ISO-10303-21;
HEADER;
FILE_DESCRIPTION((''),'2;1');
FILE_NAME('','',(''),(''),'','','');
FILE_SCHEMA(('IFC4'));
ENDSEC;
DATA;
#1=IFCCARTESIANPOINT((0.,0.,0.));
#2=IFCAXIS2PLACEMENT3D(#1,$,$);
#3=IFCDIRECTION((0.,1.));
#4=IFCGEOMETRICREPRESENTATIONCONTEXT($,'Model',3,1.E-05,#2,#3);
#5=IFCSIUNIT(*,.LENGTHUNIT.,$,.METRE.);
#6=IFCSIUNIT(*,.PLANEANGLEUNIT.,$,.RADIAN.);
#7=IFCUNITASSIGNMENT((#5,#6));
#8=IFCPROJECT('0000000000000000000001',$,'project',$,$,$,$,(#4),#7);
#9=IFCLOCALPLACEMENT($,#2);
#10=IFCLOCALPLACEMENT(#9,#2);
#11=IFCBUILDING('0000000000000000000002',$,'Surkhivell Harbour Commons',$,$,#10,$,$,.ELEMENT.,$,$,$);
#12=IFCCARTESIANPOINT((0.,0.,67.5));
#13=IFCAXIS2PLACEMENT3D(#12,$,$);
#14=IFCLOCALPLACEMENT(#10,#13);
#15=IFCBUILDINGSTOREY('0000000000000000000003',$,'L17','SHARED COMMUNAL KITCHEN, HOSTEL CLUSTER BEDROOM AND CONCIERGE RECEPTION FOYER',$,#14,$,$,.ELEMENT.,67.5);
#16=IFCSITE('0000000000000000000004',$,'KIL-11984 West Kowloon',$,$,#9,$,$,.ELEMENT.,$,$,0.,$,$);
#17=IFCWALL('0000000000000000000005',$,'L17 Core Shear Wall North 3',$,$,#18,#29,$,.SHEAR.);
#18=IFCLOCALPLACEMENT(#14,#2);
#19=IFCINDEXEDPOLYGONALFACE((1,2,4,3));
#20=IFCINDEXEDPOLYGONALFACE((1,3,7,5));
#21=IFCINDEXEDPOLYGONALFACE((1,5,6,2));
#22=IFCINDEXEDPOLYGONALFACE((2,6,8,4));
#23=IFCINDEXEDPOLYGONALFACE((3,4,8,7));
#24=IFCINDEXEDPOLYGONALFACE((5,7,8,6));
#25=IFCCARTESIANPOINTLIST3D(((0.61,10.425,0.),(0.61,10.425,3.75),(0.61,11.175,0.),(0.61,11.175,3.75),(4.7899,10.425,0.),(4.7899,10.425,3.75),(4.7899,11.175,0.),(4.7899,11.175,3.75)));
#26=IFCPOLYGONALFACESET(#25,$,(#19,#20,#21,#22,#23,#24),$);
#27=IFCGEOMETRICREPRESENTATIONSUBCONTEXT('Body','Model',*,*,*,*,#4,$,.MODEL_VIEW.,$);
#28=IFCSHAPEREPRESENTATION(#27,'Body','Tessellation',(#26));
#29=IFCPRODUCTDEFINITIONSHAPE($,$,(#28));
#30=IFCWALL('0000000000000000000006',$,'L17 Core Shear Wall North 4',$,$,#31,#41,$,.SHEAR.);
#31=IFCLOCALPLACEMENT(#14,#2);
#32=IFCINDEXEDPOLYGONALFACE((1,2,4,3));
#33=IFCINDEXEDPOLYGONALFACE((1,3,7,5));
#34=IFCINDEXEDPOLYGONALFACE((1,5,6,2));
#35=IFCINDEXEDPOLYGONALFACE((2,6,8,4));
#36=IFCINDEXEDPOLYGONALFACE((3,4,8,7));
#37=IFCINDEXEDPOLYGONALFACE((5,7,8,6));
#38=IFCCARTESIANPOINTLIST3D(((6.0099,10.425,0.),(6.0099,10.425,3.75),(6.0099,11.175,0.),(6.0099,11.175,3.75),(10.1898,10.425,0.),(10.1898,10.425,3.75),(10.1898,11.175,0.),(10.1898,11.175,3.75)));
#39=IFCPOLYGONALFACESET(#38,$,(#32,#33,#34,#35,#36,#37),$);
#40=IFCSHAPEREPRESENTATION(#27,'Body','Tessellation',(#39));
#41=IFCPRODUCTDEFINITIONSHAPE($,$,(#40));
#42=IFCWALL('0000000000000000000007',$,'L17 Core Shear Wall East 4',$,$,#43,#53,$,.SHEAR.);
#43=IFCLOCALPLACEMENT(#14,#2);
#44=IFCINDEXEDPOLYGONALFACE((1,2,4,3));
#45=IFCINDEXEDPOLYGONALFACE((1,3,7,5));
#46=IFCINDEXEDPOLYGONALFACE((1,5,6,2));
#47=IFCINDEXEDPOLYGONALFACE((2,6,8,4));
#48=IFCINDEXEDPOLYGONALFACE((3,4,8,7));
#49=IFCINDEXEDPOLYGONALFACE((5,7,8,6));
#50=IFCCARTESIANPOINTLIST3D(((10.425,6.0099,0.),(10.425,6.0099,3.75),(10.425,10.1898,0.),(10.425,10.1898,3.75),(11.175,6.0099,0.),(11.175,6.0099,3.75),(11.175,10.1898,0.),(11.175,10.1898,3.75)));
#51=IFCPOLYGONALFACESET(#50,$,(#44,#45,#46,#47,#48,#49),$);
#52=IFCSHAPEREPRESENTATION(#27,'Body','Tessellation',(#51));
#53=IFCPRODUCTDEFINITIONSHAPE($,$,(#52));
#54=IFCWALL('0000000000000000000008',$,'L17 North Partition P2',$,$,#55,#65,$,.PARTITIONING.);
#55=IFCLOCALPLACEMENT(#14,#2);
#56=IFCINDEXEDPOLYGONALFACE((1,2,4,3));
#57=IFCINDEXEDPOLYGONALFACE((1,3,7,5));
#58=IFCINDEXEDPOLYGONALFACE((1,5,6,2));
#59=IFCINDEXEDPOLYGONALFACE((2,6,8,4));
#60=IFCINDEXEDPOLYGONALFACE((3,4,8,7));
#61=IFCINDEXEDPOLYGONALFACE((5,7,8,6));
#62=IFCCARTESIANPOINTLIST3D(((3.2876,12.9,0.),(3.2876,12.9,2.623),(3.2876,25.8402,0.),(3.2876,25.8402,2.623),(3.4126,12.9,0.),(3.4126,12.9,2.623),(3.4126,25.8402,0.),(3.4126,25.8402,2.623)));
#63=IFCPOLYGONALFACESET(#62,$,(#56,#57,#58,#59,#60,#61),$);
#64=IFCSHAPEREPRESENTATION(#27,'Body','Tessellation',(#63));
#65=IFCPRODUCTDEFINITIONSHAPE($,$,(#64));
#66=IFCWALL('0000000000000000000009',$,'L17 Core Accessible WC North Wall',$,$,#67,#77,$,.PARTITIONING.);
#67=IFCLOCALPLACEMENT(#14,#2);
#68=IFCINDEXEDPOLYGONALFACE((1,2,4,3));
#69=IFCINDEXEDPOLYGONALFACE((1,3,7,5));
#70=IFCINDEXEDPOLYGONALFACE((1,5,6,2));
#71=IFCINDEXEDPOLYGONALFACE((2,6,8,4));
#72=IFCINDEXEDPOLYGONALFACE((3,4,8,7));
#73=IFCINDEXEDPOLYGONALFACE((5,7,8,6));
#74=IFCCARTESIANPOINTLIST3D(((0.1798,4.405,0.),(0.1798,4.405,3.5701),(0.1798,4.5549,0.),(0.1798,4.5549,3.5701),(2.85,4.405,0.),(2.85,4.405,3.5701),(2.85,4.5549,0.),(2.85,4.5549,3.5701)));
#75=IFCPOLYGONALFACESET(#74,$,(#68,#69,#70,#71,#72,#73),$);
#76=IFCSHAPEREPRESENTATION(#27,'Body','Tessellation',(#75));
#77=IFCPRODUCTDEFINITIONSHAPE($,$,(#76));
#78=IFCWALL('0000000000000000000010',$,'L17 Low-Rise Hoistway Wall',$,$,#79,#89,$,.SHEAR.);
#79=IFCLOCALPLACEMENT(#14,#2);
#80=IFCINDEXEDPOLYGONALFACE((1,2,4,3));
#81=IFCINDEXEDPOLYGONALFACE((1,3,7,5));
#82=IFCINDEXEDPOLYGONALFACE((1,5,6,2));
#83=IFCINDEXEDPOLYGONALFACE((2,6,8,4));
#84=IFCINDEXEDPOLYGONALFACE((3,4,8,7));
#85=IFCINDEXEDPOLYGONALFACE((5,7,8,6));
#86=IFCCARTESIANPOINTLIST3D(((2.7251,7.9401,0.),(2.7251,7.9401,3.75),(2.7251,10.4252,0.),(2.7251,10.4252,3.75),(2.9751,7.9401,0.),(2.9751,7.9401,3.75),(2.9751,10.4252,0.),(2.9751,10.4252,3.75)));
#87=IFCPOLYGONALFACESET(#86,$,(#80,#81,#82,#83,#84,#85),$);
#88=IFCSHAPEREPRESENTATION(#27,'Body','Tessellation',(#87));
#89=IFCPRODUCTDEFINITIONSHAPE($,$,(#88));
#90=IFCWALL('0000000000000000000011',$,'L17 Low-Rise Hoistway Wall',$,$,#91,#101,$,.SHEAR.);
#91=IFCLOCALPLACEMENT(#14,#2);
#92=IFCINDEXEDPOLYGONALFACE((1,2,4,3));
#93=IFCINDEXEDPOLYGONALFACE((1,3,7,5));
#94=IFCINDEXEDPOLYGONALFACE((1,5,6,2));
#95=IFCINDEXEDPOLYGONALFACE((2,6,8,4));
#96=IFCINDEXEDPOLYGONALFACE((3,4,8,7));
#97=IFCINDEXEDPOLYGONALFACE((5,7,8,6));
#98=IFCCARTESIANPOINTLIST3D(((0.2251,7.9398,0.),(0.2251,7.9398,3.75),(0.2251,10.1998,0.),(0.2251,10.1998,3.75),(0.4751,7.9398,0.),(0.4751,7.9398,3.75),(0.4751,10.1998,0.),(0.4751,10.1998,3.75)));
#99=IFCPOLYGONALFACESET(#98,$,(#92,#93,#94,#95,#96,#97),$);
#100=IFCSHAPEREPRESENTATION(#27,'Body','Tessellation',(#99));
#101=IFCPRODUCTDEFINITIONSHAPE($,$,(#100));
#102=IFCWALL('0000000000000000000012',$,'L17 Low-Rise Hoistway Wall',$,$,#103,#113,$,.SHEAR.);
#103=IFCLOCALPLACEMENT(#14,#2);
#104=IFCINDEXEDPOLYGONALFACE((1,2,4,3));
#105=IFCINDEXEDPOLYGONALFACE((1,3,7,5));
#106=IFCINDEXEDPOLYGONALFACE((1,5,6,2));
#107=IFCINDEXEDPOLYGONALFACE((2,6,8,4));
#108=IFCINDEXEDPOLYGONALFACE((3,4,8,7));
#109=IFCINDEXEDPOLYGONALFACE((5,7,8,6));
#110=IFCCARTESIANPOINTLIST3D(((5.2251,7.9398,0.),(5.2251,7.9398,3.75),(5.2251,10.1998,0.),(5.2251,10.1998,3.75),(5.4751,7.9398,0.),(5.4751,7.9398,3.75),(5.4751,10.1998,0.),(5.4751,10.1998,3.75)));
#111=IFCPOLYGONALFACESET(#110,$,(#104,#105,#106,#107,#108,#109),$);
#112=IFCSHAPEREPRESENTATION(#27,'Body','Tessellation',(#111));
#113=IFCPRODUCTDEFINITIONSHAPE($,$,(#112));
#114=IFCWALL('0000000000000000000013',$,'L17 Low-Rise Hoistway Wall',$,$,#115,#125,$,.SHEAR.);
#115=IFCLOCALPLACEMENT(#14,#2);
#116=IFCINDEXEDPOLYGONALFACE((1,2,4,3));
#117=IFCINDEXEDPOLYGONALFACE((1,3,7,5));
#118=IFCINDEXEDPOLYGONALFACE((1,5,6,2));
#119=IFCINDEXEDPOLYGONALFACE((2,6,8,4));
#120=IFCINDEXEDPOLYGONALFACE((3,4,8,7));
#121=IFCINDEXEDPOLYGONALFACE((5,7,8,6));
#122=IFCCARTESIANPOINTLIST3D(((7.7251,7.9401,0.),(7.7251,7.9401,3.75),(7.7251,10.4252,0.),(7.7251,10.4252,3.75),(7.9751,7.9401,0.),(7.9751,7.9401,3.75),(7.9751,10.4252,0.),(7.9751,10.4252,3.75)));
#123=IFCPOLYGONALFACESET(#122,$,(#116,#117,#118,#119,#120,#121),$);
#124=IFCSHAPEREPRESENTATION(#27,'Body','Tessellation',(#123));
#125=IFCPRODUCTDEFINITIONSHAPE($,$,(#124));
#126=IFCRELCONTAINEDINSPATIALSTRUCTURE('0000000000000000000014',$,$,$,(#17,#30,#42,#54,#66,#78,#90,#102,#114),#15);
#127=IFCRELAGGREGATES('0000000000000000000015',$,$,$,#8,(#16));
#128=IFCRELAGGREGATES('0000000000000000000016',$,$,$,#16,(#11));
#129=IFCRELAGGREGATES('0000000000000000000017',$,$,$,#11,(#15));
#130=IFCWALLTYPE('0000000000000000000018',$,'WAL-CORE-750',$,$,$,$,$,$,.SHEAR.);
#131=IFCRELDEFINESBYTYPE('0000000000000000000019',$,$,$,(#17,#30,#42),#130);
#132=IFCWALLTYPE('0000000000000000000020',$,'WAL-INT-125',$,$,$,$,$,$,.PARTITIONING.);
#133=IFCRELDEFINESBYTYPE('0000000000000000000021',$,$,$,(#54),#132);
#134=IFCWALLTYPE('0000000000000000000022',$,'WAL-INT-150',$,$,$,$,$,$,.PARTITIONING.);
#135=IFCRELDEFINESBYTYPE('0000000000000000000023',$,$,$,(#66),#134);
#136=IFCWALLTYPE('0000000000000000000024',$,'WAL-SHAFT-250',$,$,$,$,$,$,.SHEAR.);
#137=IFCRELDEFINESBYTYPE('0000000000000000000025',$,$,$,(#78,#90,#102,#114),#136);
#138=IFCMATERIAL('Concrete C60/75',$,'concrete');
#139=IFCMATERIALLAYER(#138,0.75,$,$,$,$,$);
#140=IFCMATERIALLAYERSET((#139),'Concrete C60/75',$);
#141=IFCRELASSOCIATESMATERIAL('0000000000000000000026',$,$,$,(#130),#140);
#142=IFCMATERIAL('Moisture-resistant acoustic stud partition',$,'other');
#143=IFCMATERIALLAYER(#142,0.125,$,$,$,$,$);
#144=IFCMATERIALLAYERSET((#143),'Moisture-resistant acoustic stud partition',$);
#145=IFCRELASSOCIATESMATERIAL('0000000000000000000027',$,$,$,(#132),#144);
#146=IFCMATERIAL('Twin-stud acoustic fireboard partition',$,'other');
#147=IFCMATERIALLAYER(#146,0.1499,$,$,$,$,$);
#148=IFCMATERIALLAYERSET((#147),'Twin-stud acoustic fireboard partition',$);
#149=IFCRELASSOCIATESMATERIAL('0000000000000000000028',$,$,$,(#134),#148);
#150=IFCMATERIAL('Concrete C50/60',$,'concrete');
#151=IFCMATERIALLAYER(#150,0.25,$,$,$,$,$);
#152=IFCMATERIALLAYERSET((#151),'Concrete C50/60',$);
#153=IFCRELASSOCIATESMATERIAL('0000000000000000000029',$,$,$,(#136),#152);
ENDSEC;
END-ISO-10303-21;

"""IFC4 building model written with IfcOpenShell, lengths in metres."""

from ifc_helpers import new_model, si_unit, direction, frame, frame_2d, origin, place, context, subcontext, project, spatial, rectangle, extrude, material, layer, layer_set, type_object, element, save


model = new_model("IFC4")

# Units and contexts
model_context = context("Model", 3, precision=1e-05, world=origin(), true_north=direction((0.0, 1.0)))
body_context = subcontext(model_context, "Body", "Model", "MODEL_VIEW")
ifc_project = project(units=[si_unit("LENGTHUNIT", "METRE"), si_unit("PLANEANGLEUNIT", "RADIAN")], contexts=[model_context])

# Site, building, storey
site_placement = place(None, origin())
site = spatial("IfcSite", under=ifc_project, at=site_placement, Name="KIL-11984 West Kowloon", CompositionType="ELEMENT", RefElevation=0.0)
building_placement = place(site_placement, origin())
building = spatial("IfcBuilding", under=site, at=building_placement, Name="Surkhivell Harbour Commons", CompositionType="ELEMENT")
storey_placement = place(building_placement, frame((0.0, 0.0, 67.5)))
storey = spatial("IfcBuildingStorey", under=building, at=storey_placement, Name="L17", Description="SHARED COMMUNAL KITCHEN, HOSTEL CLUSTER BEDROOM AND CONCIERGE RECEPTION FOYER", CompositionType="ELEMENT", Elevation=67.5)

# Shared definitions
ifc_material_1 = material(Name="Concrete C60/75", Category="concrete")
ifc_layer_1 = layer(ifc_material_1, 0.75)
ifc_layer_set_1 = layer_set([ifc_layer_1], Name="Concrete C60/75")
wall_type_1 = type_object("IfcWallType", Name="WAL-CORE-750", PredefinedType="SHEAR", material=ifc_layer_set_1)

# Walls
for number, where, z_axis, x_axis, name in (
    (1, (0.6101, 10.8, 0.0), (0.0, 0.0, 1.0), (1.0, 0.0, 0.0), "L17 Core Shear Wall North 3"),
    (2, (6.01, 10.8, 0.0), (0.0, 0.0, 1.0), (1.0, 0.0, 0.0), "L17 Core Shear Wall North 4"),
    (3, (10.8, 6.01, 0.0), (0.0, 0.0, 1.0), (0.0, 1.0, 0.0), "L17 Core Shear Wall East 4"),
):
    element("IfcWall", number, at=place(storey_placement, frame(where, z_axis=z_axis, x_axis=x_axis)), inside=storey, type_object=wall_type_1, Name=name, PredefinedType="SHEAR", context=body_context, shape_type="SweptSolid", body=[
        extrude(rectangle(XDim=4.1799, YDim=0.75, at=frame_2d((2.0898, 0.0))), origin(), (0.0, 0.0, 1.0), 3.75),
    ])
ifc_material_2 = material(Name="Moisture-resistant acoustic stud partition", Category="other")
ifc_layer_2 = layer(ifc_material_2, 0.125)
ifc_layer_set_2 = layer_set([ifc_layer_2], Name="Moisture-resistant acoustic stud partition")
wall_type_2 = type_object("IfcWallType", Name="WAL-INT-125", PredefinedType="PARTITIONING", material=ifc_layer_set_2)
wall_1_placement = place(storey_placement, frame((3.3501, 12.8999, 0.0), z_axis=(0.0, 0.0, 1.0), x_axis=(0.0, 1.0, 0.0)))
element("IfcWall", 4, at=wall_1_placement, inside=storey, type_object=wall_type_2, Name="L17 North Partition P2", PredefinedType="PARTITIONING", context=body_context, shape_type="SweptSolid", body=[
    extrude(rectangle(XDim=12.9402, YDim=0.125, at=frame_2d((6.4702, 0.0))), origin(), (0.0, 0.0, 1.0), 2.623),
])
ifc_material_3 = material(Name="Twin-stud acoustic fireboard partition", Category="other")
ifc_layer_3 = layer(ifc_material_3, 0.1499)
ifc_layer_set_3 = layer_set([ifc_layer_3], Name="Twin-stud acoustic fireboard partition")
wall_type_3 = type_object("IfcWallType", Name="WAL-INT-150", PredefinedType="PARTITIONING", material=ifc_layer_set_3)
wall_2_placement = place(storey_placement, frame((0.1799, 4.48, 0.0), z_axis=(0.0, 0.0, 1.0), x_axis=(1.0, 0.0, 0.0)))
element("IfcWall", 5, at=wall_2_placement, inside=storey, type_object=wall_type_3, Name="L17 Core Accessible WC North Wall", PredefinedType="PARTITIONING", context=body_context, shape_type="SweptSolid", body=[
    extrude(rectangle(XDim=2.6702, YDim=0.1499, at=frame_2d((1.335, 0.0))), origin(), (0.0, 0.0, 1.0), 3.5701),
])
ifc_material_4 = material(Name="Concrete C50/60", Category="concrete")
ifc_layer_4 = layer(ifc_material_4, 0.25)
ifc_layer_set_4 = layer_set([ifc_layer_4], Name="Concrete C50/60")
wall_type_4 = type_object("IfcWallType", Name="WAL-SHAFT-250", PredefinedType="SHEAR", material=ifc_layer_set_4)
wall_3_placement = place(storey_placement, frame((2.8501, 7.9399, 0.0), z_axis=(0.0, 0.0, 1.0), x_axis=(0.0, 1.0, 0.0)))
element("IfcWall", 6, at=wall_3_placement, inside=storey, type_object=wall_type_4, Name="L17 Low-Rise Hoistway Wall", PredefinedType="SHEAR", context=body_context, shape_type="SweptSolid", body=[
    extrude(rectangle(XDim=2.4851, YDim=0.25, at=frame_2d((1.2427, 0.0))), origin(), (0.0, 0.0, 1.0), 3.75),
])
for number, where, z_axis, x_axis, name in (
    (7, (0.3501, 7.9399, 0.0), (0.0, 0.0, 1.0), (0.0, 1.0, 0.0), "L17 Low-Rise Hoistway Wall"),
    (8, (5.3501, 7.9399, 0.0), (0.0, 0.0, 1.0), (0.0, 1.0, 0.0), "L17 Low-Rise Hoistway Wall"),
):
    element("IfcWall", number, at=place(storey_placement, frame(where, z_axis=z_axis, x_axis=x_axis)), inside=storey, type_object=wall_type_4, Name=name, PredefinedType="SHEAR", context=body_context, shape_type="SweptSolid", body=[
        extrude(rectangle(XDim=2.26, YDim=0.25, at=frame_2d((1.1299, 0.0))), origin(), (0.0, 0.0, 1.0), 3.75),
    ])
wall_4_placement = place(storey_placement, frame((7.8501, 7.9399, 0.0), z_axis=(0.0, 0.0, 1.0), x_axis=(0.0, 1.0, 0.0)))
element("IfcWall", 9, at=wall_4_placement, inside=storey, type_object=wall_type_4, Name="L17 Low-Rise Hoistway Wall", PredefinedType="SHEAR", context=body_context, shape_type="SweptSolid", body=[
    extrude(rectangle(XDim=2.4851, YDim=0.25, at=frame_2d((1.2427, 0.0))), origin(), (0.0, 0.0, 1.0), 3.75),
])

save(model, "model.ifc")
